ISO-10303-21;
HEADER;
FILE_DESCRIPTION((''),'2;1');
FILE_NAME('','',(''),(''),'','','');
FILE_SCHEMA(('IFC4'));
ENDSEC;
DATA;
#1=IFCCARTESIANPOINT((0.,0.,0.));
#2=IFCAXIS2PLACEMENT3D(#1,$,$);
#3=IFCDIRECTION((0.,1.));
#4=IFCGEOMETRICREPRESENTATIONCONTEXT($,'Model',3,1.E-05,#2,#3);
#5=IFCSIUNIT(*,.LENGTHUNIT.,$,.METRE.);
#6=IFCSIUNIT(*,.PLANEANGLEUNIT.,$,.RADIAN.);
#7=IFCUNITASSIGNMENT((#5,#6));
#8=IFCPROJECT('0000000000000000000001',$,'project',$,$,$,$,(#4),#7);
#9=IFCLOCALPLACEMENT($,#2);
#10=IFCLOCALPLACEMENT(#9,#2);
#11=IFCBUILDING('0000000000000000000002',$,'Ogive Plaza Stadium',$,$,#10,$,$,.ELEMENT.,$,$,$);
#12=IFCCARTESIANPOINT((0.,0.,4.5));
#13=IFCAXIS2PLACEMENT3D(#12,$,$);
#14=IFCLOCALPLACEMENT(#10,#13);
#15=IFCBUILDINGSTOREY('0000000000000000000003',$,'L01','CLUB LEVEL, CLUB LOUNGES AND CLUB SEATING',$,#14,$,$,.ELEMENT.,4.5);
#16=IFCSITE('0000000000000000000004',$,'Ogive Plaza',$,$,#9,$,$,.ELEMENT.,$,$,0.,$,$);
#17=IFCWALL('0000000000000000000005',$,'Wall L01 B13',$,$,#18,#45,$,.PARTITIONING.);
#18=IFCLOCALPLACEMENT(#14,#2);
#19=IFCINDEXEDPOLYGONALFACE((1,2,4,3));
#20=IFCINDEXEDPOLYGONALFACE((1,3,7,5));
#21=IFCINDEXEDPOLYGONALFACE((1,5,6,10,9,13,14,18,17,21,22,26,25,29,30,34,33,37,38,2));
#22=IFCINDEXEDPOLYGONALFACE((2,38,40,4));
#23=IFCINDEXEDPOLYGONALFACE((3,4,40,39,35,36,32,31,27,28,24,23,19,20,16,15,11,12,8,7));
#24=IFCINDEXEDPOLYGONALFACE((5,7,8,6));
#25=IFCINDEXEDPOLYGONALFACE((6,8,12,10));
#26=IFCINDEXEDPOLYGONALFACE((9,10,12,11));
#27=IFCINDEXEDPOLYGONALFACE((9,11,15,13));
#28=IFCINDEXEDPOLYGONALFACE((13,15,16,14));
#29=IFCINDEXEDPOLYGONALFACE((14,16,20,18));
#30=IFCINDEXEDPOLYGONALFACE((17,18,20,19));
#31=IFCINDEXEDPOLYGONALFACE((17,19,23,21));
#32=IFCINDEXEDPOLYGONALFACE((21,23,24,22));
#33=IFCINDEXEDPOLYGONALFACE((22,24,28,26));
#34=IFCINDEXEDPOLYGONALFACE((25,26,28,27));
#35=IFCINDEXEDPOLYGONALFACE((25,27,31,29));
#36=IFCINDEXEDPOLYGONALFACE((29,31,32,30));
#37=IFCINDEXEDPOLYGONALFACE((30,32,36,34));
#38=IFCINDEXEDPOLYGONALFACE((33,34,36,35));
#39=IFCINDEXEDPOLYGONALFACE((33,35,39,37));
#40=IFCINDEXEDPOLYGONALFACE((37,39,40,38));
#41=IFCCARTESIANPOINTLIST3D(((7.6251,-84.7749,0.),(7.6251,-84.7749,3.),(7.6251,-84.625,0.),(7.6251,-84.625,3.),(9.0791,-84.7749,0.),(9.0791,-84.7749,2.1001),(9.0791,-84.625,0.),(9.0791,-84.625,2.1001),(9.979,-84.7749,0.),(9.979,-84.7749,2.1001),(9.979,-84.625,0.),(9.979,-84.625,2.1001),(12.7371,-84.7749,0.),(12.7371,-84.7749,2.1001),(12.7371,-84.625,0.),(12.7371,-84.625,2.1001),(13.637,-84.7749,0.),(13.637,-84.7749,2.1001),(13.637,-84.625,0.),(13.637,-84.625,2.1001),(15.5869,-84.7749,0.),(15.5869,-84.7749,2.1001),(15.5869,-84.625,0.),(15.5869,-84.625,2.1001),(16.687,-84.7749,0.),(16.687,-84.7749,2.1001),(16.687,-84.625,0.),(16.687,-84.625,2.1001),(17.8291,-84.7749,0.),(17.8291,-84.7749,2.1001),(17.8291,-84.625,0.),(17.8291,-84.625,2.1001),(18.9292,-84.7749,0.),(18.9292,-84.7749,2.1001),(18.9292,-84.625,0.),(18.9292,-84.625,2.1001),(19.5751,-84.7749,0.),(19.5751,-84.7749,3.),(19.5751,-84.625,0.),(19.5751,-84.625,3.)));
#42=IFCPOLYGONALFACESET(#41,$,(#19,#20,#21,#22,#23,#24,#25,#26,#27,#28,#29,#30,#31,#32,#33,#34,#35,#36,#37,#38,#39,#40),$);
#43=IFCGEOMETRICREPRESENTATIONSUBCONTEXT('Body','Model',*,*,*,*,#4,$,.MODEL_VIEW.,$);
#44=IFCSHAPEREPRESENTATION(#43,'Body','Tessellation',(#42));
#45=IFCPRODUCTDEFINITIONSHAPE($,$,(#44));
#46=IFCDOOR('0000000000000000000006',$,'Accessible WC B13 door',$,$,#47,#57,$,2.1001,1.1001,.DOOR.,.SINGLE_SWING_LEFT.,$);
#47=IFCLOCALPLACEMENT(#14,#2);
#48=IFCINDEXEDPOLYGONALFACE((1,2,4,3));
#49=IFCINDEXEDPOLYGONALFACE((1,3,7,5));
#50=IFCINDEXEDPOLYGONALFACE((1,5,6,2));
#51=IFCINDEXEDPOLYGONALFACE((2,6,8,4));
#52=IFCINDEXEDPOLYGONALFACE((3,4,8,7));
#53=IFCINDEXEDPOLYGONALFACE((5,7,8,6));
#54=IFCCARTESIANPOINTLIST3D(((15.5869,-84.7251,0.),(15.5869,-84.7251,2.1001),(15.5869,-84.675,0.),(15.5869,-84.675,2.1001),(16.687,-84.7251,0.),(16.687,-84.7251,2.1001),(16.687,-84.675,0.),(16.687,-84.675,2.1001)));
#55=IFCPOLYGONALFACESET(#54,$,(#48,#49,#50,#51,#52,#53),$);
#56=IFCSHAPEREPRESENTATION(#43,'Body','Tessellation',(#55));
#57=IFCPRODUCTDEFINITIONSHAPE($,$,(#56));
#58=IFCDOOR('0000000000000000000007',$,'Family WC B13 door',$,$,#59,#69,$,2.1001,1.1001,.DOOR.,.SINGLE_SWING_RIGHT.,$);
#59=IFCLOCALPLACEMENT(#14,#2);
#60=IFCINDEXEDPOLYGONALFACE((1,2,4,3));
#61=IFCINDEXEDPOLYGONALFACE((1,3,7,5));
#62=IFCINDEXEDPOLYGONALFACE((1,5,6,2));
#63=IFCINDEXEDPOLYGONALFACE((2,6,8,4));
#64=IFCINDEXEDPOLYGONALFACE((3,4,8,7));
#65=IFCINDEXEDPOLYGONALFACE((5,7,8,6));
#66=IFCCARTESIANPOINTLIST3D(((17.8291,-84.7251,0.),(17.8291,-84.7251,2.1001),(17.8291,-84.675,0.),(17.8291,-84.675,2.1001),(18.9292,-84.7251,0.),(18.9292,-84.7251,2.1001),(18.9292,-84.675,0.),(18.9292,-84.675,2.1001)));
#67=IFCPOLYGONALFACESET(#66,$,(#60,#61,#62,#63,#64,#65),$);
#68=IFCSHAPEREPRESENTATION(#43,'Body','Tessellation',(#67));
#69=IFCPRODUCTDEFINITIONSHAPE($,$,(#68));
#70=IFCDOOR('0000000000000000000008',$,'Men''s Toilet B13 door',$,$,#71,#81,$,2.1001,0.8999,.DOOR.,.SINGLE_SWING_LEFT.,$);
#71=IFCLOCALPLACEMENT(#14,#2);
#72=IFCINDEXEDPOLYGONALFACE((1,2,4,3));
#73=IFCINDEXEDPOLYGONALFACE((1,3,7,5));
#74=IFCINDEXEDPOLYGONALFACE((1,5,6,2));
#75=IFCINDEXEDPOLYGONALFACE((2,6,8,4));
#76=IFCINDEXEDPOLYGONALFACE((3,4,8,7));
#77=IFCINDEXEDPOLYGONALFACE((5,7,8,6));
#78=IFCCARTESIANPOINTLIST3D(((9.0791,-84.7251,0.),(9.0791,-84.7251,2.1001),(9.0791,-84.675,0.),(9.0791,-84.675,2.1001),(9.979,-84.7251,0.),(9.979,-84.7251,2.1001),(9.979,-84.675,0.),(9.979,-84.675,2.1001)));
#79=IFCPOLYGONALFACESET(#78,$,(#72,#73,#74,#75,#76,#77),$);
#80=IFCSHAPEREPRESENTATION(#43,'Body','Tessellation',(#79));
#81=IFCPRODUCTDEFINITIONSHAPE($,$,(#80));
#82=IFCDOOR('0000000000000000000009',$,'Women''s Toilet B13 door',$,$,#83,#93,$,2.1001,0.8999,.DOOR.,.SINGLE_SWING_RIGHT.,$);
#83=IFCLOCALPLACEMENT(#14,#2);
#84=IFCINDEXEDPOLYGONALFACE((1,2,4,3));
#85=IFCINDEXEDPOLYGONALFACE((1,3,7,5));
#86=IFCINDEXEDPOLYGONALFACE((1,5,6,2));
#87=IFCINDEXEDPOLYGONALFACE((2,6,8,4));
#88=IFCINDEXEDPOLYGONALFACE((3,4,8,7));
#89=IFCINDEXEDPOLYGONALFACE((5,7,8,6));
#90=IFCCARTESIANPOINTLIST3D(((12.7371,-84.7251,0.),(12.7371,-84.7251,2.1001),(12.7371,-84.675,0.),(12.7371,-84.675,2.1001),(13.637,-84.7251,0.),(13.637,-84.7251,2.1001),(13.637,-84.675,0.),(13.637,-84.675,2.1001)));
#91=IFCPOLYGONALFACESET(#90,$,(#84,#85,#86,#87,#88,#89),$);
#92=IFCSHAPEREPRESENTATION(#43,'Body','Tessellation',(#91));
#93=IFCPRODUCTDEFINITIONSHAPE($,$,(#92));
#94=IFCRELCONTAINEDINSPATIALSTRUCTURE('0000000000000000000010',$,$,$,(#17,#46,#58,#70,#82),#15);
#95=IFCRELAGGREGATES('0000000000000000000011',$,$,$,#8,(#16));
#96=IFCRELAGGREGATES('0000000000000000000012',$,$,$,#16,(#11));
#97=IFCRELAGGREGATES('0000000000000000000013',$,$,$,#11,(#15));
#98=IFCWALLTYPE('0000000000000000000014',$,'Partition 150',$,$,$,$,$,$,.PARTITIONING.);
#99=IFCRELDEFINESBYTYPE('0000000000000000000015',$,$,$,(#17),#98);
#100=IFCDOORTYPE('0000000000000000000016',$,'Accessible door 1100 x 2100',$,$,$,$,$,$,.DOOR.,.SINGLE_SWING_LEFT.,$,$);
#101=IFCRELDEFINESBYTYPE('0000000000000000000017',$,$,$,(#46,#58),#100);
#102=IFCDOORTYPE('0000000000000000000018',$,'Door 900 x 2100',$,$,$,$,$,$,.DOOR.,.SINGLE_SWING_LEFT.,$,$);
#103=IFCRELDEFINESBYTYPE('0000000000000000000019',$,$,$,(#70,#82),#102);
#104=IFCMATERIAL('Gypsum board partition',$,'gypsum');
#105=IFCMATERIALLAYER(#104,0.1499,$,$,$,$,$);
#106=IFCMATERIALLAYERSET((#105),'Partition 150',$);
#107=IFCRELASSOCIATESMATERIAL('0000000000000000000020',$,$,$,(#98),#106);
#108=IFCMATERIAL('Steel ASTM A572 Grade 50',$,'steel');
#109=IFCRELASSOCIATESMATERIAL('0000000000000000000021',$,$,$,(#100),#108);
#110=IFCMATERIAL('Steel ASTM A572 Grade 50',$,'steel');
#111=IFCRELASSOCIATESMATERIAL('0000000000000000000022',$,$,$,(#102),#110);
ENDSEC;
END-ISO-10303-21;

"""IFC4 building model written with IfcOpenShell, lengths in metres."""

from ifc_helpers import new_model, si_unit, direction, frame, frame_2d, origin, place, context, subcontext, project, spatial, rectangle, extrude, material, layer, layer_set, type_object, element, fill, save


model = new_model("IFC4")

# Units and contexts
model_context = context("Model", 3, precision=1e-05, world=origin(), true_north=direction((0.0, 1.0)))
body_context = subcontext(model_context, "Body", "Model", "MODEL_VIEW")
ifc_project = project(units=[si_unit("LENGTHUNIT", "METRE"), si_unit("PLANEANGLEUNIT", "RADIAN")], contexts=[model_context])

# Site, building, storey
site_placement = place(None, origin())
site = spatial("IfcSite", under=ifc_project, at=site_placement, Name="Ogive Plaza", CompositionType="ELEMENT", RefElevation=0.0)
building_placement = place(site_placement, origin())
building = spatial("IfcBuilding", under=site, at=building_placement, Name="Ogive Plaza Stadium", CompositionType="ELEMENT")
storey_placement = place(building_placement, frame((0.0, 0.0, 4.5)))
storey = spatial("IfcBuildingStorey", under=building, at=storey_placement, Name="L01", Description="CLUB LEVEL, CLUB LOUNGES AND CLUB SEATING", CompositionType="ELEMENT", Elevation=4.5)

# Wall, openings, doors
ifc_material_1 = material(Name="Gypsum board partition", Category="gypsum")
ifc_layer_1 = layer(ifc_material_1, 0.1499)
ifc_layer_set_1 = layer_set([ifc_layer_1], Name="Partition 150")
wall_type_1 = type_object("IfcWallType", Name="Partition 150", PredefinedType="PARTITIONING", material=ifc_layer_set_1)
wall_1_placement = place(storey_placement, frame((7.625, -84.7, 0.0), z_axis=(0.0, 0.0, 1.0), x_axis=(1.0, 0.0, 0.0)))
wall_1 = element("IfcWall", 1, at=wall_1_placement, inside=storey, type_object=wall_type_1, Name="Wall L01 B13", PredefinedType="PARTITIONING", context=body_context, shape_type="SweptSolid", body=[
    extrude(rectangle(XDim=11.95, YDim=0.1499, at=frame_2d((5.9751, 0.0))), origin(), (0.0, 0.0, 1.0), 3.0),
])
opening_1_placement = place(wall_1_placement, frame((1.4541, 0.0, 0.0)))
opening_1 = element("IfcOpeningElement", 2, at=opening_1_placement, cuts=wall_1, PredefinedType="OPENING", context=body_context, shape_type="SweptSolid", body=[
    extrude(rectangle(XDim=0.8999, YDim=2.1001, at=frame_2d((0.45, 1.05))), frame((0.0, 0.075, 0.0), z_axis=(0.0, -1.0, 0.0), x_axis=(1.0, 0.0, 0.0)), (0.0, 0.0, 1.0), 0.1499),
])
opening_2_placement = place(wall_1_placement, frame((5.1121, 0.0, 0.0)))
opening_2 = element("IfcOpeningElement", 3, at=opening_2_placement, cuts=wall_1, PredefinedType="OPENING", context=body_context, shape_type="SweptSolid", body=[
    extrude(rectangle(XDim=0.8999, YDim=2.1001, at=frame_2d((0.45, 1.05))), frame((0.0, 0.075, 0.0), z_axis=(0.0, -1.0, 0.0), x_axis=(1.0, 0.0, 0.0)), (0.0, 0.0, 1.0), 0.1499),
])
opening_3_placement = place(wall_1_placement, frame((7.9619, 0.0, 0.0)))
opening_3 = element("IfcOpeningElement", 4, at=opening_3_placement, cuts=wall_1, PredefinedType="OPENING", context=body_context, shape_type="SweptSolid", body=[
    extrude(rectangle(XDim=1.1001, YDim=2.1001, at=frame_2d((0.55, 1.05))), frame((0.0, 0.075, 0.0), z_axis=(0.0, -1.0, 0.0), x_axis=(1.0, 0.0, 0.0)), (0.0, 0.0, 1.0), 0.1499),
])
opening_4_placement = place(wall_1_placement, frame((10.2041, 0.0, 0.0)))
opening_4 = element("IfcOpeningElement", 5, at=opening_4_placement, cuts=wall_1, PredefinedType="OPENING", context=body_context, shape_type="SweptSolid", body=[
    extrude(rectangle(XDim=1.1001, YDim=2.1001, at=frame_2d((0.55, 1.05))), frame((0.0, 0.075, 0.0), z_axis=(0.0, -1.0, 0.0), x_axis=(1.0, 0.0, 0.0)), (0.0, 0.0, 1.0), 0.1499),
])
ifc_material_2 = material(Name="Steel ASTM A572 Grade 50", Category="steel")
door_type_1 = type_object("IfcDoorType", Name="Accessible door 1100 x 2100", OperationType="SINGLE_SWING_LEFT", PredefinedType="DOOR", material=ifc_material_2)
door_1_placement = place(opening_3_placement, origin())
door_1 = element("IfcDoor", 6, at=door_1_placement, inside=storey, type_object=door_type_1, Name="Accessible WC B13 door", OperationType="SINGLE_SWING_LEFT", OverallHeight=2.1001, OverallWidth=1.1001, PredefinedType="DOOR", context=body_context, shape_type="SweptSolid", body=[
    extrude(rectangle(XDim=1.1001, YDim=2.1001, at=frame_2d((0.55, 1.05))), frame((0.0, 0.0249, 0.0), z_axis=(0.0, -1.0, 0.0), x_axis=(1.0, 0.0, 0.0)), (0.0, 0.0, 1.0), 0.05),
])
fill(opening_3, door_1)
door_2_placement = place(opening_4_placement, origin())
door_2 = element("IfcDoor", 7, at=door_2_placement, inside=storey, type_object=door_type_1, Name="Family WC B13 door", OperationType="SINGLE_SWING_RIGHT", OverallHeight=2.1001, OverallWidth=1.1001, PredefinedType="DOOR", context=body_context, shape_type="SweptSolid", body=[
    extrude(rectangle(XDim=1.1001, YDim=2.1001, at=frame_2d((0.55, 1.05))), frame((0.0, 0.0249, 0.0), z_axis=(0.0, -1.0, 0.0), x_axis=(1.0, 0.0, 0.0)), (0.0, 0.0, 1.0), 0.05),
])
fill(opening_4, door_2)
ifc_material_3 = material(Name="Steel ASTM A572 Grade 50", Category="steel")
door_type_2 = type_object("IfcDoorType", Name="Door 900 x 2100", OperationType="SINGLE_SWING_LEFT", PredefinedType="DOOR", material=ifc_material_3)
door_3_placement = place(opening_1_placement, origin())
door_3 = element("IfcDoor", 8, at=door_3_placement, inside=storey, type_object=door_type_2, Name="Men's Toilet B13 door", OperationType="SINGLE_SWING_LEFT", OverallHeight=2.1001, OverallWidth=0.8999, PredefinedType="DOOR", context=body_context, shape_type="SweptSolid", body=[
    extrude(rectangle(XDim=0.8999, YDim=2.1001, at=frame_2d((0.45, 1.05))), frame((0.0, 0.0249, 0.0), z_axis=(0.0, -1.0, 0.0), x_axis=(1.0, 0.0, 0.0)), (0.0, 0.0, 1.0), 0.05),
])
fill(opening_1, door_3)
door_4_placement = place(opening_2_placement, origin())
door_4 = element("IfcDoor", 9, at=door_4_placement, inside=storey, type_object=door_type_2, Name="Women's Toilet B13 door", OperationType="SINGLE_SWING_RIGHT", OverallHeight=2.1001, OverallWidth=0.8999, PredefinedType="DOOR", context=body_context, shape_type="SweptSolid", body=[
    extrude(rectangle(XDim=0.8999, YDim=2.1001, at=frame_2d((0.45, 1.05))), frame((0.0, 0.0249, 0.0), z_axis=(0.0, -1.0, 0.0), x_axis=(1.0, 0.0, 0.0)), (0.0, 0.0, 1.0), 0.05),
])
fill(opening_2, door_4)

save(model, "model.ifc")
